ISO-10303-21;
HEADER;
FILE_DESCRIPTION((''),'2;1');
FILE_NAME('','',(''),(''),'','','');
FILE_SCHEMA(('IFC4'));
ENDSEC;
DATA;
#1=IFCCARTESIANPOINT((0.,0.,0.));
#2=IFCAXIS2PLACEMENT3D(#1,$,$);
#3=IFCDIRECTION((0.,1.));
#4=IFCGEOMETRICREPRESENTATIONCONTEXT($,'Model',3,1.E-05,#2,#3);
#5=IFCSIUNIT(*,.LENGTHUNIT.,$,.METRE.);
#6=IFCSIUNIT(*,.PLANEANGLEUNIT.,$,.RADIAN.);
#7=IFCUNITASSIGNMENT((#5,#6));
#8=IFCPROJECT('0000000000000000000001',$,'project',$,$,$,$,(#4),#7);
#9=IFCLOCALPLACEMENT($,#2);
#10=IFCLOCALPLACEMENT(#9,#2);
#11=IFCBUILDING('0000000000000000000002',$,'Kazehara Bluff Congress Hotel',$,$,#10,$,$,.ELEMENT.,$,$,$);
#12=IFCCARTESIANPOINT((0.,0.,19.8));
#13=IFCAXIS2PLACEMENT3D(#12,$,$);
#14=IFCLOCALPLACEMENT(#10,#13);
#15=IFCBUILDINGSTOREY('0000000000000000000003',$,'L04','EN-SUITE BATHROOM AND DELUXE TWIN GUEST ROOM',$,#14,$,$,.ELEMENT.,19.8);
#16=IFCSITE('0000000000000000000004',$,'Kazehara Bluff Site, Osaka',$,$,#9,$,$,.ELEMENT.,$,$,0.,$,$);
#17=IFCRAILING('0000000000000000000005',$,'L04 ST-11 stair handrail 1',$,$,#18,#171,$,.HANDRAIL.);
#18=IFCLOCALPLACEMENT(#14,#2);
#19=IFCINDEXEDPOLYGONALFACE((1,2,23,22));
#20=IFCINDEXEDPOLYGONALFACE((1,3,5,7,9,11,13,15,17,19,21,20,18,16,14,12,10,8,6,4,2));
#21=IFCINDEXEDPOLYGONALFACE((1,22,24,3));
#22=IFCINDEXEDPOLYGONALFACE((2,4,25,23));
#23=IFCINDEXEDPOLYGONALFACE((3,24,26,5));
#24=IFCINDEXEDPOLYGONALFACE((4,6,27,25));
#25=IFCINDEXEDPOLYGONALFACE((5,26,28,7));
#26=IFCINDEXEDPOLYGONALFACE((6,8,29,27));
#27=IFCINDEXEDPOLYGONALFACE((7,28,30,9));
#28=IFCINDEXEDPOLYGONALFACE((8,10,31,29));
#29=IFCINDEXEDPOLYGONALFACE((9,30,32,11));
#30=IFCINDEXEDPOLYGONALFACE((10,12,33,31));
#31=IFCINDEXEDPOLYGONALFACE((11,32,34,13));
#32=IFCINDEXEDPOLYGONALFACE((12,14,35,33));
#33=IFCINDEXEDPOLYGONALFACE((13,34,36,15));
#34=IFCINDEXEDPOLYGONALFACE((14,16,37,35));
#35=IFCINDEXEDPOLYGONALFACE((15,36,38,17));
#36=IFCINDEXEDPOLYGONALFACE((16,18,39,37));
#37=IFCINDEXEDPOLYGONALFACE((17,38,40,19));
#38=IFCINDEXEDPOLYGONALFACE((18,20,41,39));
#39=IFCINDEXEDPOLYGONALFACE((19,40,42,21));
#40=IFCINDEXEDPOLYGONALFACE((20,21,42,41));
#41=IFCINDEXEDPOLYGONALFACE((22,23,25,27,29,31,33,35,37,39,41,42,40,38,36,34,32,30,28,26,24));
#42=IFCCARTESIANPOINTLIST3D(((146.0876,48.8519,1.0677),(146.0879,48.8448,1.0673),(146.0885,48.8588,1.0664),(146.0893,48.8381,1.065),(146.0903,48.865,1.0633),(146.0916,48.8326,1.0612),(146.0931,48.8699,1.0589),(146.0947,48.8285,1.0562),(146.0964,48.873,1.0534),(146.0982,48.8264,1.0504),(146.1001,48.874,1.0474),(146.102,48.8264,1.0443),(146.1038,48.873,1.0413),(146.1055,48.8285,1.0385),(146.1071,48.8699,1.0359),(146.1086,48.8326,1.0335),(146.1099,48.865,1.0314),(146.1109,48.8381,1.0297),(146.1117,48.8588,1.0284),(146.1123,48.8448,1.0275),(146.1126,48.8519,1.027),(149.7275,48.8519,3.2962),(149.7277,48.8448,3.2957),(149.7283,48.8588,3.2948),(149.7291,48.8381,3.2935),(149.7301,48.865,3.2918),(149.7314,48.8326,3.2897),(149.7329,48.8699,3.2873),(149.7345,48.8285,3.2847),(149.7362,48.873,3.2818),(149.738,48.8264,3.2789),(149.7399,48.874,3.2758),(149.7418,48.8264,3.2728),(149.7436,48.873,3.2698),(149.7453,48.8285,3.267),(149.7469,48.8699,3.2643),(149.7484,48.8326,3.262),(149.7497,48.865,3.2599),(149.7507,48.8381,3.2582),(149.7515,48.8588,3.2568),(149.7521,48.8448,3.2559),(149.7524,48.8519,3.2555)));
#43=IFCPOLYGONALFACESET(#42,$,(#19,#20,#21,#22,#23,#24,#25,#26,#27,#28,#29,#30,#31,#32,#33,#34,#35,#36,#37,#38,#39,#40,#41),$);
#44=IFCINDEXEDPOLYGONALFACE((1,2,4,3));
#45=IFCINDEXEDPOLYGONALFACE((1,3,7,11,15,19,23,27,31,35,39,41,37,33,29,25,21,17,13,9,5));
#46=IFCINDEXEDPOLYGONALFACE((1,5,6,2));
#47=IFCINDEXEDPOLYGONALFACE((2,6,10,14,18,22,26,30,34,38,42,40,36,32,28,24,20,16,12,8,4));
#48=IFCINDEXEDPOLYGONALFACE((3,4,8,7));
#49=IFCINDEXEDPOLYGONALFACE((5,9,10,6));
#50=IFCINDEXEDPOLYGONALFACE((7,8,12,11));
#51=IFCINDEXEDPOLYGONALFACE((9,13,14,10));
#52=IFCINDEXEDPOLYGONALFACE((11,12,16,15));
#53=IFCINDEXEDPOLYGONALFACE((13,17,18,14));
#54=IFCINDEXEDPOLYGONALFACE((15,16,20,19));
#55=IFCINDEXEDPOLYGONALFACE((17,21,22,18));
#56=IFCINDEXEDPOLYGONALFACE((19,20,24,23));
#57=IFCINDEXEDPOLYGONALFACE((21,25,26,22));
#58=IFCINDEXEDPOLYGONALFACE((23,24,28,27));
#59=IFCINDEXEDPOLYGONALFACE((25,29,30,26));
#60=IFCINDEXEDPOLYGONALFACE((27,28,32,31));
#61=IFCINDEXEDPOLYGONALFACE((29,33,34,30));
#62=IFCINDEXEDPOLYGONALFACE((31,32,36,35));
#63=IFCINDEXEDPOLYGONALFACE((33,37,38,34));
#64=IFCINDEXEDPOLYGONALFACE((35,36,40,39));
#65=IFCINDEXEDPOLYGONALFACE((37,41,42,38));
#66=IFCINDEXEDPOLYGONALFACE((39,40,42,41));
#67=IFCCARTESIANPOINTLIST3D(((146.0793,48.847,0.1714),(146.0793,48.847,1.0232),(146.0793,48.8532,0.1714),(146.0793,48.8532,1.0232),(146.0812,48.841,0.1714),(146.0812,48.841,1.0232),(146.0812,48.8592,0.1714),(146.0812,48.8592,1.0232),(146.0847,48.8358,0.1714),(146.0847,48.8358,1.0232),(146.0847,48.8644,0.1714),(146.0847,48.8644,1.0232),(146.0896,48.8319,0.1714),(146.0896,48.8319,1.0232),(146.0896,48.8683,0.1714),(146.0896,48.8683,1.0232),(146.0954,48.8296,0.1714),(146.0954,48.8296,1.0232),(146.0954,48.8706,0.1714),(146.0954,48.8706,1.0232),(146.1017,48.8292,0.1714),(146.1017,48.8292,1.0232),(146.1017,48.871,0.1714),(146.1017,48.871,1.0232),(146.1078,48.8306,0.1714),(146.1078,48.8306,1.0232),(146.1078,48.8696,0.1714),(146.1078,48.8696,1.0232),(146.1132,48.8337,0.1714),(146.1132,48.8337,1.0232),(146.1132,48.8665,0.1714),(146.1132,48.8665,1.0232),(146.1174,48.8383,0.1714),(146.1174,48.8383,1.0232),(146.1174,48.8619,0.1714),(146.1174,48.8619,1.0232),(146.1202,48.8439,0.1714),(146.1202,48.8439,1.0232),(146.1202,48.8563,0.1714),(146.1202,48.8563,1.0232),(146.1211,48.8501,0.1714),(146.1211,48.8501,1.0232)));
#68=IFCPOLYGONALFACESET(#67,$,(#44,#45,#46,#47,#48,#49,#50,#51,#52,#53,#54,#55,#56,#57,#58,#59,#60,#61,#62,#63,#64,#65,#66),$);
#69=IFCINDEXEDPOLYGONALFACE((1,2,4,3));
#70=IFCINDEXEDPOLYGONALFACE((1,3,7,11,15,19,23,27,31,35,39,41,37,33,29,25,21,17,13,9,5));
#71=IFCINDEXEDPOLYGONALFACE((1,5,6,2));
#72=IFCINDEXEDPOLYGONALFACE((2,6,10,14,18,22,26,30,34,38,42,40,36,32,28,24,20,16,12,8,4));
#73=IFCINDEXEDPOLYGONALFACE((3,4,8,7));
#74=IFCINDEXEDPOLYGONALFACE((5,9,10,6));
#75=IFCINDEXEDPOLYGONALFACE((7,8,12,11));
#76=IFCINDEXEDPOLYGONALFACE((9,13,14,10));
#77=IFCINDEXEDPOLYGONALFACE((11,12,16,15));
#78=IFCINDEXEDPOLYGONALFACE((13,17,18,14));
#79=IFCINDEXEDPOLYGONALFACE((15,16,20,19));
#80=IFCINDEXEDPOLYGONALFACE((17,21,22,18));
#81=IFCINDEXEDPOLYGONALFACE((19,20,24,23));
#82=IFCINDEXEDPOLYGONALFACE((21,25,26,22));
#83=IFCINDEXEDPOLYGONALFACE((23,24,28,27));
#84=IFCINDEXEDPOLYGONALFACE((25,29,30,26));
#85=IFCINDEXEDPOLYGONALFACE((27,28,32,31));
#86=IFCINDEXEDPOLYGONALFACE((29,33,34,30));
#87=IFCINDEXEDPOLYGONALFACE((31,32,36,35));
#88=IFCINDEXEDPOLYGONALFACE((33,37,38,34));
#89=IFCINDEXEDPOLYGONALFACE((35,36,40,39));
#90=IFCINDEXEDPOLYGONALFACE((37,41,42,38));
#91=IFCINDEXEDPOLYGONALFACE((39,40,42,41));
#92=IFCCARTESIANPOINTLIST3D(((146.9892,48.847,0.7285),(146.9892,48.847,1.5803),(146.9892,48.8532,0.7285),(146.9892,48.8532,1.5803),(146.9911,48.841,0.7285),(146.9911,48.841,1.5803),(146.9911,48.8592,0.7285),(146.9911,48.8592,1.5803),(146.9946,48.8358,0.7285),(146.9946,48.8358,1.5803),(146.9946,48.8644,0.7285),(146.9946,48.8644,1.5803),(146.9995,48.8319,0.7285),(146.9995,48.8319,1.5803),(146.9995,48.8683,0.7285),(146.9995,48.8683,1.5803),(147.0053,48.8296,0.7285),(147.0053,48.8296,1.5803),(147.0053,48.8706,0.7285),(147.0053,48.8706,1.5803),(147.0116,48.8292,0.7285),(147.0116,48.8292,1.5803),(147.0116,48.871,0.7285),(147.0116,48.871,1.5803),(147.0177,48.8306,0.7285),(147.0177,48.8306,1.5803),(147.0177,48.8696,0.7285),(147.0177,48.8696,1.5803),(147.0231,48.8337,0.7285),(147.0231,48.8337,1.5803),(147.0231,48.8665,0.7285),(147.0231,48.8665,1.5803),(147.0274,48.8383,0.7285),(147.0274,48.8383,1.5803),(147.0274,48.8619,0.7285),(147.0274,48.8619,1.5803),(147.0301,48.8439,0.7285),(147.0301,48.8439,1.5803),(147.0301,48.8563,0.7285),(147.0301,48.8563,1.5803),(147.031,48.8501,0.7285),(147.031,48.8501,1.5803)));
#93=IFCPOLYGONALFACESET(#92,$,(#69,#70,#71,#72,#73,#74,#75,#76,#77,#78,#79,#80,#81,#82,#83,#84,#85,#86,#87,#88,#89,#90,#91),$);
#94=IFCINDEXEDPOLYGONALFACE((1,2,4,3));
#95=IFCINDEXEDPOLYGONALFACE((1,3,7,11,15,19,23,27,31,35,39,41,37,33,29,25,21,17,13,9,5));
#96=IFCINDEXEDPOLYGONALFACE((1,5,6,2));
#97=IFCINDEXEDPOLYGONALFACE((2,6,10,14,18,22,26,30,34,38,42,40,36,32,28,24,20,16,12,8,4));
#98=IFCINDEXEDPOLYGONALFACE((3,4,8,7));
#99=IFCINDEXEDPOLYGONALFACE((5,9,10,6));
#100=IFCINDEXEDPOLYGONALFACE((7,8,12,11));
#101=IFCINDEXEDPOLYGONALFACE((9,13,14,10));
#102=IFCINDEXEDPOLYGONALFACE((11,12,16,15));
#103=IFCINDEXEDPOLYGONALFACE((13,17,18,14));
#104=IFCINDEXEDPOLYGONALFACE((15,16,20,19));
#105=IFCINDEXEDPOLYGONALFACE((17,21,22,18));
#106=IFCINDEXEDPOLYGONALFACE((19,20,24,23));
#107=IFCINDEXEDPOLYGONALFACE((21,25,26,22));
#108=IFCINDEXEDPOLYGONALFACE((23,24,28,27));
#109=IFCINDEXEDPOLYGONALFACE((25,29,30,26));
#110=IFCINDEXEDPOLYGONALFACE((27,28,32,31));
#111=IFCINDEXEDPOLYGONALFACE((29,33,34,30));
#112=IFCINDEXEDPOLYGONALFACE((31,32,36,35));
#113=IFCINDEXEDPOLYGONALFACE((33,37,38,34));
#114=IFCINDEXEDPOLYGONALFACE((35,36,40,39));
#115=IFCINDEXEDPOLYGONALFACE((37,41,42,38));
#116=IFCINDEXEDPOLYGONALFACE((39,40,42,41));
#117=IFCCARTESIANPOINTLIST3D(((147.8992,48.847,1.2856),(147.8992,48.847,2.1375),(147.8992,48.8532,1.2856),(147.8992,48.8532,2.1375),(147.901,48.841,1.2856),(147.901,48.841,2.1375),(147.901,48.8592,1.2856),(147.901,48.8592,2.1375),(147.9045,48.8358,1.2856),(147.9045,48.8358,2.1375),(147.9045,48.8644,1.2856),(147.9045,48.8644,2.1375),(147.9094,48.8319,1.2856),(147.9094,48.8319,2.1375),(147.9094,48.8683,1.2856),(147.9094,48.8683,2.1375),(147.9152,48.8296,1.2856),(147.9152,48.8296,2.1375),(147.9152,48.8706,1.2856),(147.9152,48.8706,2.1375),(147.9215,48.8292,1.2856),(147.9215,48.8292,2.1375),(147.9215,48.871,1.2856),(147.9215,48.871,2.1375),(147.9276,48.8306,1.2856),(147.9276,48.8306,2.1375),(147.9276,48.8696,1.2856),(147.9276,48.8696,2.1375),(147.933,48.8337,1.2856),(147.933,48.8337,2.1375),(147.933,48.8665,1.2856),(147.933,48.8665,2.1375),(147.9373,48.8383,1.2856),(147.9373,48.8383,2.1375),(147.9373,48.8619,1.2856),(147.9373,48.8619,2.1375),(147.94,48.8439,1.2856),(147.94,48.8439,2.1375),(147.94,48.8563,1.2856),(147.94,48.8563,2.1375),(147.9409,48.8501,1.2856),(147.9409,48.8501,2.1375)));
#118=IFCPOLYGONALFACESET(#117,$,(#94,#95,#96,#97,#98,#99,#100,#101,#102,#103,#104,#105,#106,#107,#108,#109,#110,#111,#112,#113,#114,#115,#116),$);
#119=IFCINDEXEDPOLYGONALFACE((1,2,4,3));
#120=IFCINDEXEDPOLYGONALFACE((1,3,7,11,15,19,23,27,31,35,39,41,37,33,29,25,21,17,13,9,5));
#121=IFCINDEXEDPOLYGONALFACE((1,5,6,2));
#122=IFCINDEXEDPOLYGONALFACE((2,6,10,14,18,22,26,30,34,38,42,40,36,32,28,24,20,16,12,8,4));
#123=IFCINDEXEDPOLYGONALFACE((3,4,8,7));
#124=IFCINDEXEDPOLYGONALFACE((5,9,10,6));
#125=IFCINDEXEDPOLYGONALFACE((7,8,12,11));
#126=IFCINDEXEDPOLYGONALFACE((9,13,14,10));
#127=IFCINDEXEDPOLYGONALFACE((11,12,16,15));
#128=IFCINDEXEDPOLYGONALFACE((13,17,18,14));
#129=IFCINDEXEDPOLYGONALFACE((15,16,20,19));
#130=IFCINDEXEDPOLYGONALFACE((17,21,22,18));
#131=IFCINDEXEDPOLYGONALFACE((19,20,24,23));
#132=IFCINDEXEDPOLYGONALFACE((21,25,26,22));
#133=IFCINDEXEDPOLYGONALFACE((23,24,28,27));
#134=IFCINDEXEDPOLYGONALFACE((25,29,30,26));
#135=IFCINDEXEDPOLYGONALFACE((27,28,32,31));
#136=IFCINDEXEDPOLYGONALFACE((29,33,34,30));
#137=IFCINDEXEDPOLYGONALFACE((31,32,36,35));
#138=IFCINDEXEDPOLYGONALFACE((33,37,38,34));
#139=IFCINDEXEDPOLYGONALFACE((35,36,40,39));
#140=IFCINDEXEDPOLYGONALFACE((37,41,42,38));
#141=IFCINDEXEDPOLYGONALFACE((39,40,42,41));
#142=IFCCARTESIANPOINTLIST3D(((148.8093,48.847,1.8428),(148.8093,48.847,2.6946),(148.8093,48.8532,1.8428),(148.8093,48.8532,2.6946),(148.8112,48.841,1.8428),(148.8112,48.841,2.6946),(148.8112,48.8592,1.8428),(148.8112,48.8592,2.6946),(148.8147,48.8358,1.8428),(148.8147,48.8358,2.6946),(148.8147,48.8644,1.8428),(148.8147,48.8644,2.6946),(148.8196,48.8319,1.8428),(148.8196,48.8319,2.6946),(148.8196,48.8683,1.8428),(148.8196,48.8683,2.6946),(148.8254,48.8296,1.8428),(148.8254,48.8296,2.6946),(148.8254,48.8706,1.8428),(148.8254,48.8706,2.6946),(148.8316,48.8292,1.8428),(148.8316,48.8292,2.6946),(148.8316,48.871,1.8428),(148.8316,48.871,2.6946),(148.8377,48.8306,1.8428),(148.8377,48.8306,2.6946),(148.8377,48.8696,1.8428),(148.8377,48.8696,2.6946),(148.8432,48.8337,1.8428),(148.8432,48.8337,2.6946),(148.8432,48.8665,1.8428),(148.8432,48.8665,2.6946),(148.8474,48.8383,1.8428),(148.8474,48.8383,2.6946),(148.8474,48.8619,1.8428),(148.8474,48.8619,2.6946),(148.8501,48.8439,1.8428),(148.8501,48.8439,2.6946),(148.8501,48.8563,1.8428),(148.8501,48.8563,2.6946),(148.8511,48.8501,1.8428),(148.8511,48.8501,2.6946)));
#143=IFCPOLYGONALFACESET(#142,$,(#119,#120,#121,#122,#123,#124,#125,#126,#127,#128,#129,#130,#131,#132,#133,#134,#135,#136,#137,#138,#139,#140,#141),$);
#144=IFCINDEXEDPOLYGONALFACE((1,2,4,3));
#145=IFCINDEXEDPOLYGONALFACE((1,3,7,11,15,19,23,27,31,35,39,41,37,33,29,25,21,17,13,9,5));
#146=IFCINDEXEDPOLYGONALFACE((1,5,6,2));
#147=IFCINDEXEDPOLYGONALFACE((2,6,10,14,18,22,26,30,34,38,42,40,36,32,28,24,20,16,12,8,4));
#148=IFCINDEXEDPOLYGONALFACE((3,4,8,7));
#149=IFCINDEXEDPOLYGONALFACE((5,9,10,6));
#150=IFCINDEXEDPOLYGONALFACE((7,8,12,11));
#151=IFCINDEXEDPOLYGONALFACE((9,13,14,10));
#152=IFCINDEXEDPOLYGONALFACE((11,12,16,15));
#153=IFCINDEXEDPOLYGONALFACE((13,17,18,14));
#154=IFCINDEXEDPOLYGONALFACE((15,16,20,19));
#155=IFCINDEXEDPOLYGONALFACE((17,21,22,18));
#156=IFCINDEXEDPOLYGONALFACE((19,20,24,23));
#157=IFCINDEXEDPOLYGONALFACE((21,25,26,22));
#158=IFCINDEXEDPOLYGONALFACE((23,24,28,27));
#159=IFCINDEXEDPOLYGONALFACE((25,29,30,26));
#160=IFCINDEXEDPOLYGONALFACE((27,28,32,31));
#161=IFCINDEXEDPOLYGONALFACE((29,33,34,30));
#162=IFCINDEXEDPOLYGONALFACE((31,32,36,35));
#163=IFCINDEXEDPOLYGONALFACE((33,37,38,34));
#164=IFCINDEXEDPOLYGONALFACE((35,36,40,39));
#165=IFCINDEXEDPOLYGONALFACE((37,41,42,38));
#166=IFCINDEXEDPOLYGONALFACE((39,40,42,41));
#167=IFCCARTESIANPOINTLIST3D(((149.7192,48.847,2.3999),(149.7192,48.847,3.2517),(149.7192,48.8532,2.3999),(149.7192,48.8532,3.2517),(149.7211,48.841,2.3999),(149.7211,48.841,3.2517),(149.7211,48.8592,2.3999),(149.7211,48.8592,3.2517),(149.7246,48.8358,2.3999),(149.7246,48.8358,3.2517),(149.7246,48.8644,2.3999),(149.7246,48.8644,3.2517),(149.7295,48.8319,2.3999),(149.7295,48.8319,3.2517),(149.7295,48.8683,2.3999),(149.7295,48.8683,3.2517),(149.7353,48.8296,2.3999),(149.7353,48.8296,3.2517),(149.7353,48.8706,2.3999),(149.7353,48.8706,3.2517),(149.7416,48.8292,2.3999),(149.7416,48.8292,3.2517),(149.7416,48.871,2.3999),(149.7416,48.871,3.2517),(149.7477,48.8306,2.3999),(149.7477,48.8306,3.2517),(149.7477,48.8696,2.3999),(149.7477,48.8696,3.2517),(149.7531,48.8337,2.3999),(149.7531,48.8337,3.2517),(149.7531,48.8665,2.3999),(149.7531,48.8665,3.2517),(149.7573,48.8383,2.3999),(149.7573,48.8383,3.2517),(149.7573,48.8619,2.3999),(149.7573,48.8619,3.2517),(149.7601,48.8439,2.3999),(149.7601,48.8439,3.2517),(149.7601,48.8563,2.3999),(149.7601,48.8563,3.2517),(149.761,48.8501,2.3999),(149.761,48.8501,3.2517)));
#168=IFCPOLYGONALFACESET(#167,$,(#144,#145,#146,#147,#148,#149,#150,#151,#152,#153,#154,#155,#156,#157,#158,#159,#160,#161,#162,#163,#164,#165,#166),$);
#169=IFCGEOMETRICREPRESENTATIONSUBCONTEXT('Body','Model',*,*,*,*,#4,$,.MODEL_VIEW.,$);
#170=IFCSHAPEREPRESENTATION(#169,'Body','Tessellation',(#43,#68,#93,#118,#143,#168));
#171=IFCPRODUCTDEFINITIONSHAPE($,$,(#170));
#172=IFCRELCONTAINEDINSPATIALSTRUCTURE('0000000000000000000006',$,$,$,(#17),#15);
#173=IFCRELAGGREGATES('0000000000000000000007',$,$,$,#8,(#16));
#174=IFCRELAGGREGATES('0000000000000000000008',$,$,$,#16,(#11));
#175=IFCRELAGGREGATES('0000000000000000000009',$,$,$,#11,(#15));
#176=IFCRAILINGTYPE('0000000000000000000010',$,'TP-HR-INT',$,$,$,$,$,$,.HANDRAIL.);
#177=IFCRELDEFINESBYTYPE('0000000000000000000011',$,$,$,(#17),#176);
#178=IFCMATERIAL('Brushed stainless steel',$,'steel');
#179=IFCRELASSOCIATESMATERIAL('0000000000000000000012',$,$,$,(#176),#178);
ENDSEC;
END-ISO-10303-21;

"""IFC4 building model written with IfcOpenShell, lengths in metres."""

from ifc_helpers import new_model, si_unit, direction, frame, origin, origin_2d, place, context, subcontext, project, spatial, circle, extrude, material, type_object, element, save


model = new_model("IFC4")

# Units and contexts
model_context = context("Model", 3, precision=1e-05, world=origin(), true_north=direction((0.0, 1.0)))
body_context = subcontext(model_context, "Body", "Model", "MODEL_VIEW")
ifc_project = project(units=[si_unit("LENGTHUNIT", "METRE"), si_unit("PLANEANGLEUNIT", "RADIAN")], contexts=[model_context])

# Site, building, storey
site_placement = place(None, origin())
site = spatial("IfcSite", under=ifc_project, at=site_placement, Name="Kazehara Bluff Site, Osaka", CompositionType="ELEMENT", RefElevation=0.0)
building_placement = place(site_placement, origin())
building = spatial("IfcBuilding", under=site, at=building_placement, Name="Kazehara Bluff Congress Hotel", CompositionType="ELEMENT")
storey_placement = place(building_placement, frame((0.0, 0.0, 19.8)))
storey = spatial("IfcBuildingStorey", under=building, at=storey_placement, Name="L04", Description="EN-SUITE BATHROOM AND DELUXE TWIN GUEST ROOM", CompositionType="ELEMENT", Elevation=19.8)

# Railing
ifc_material_1 = material(Name="Brushed stainless steel", Category="steel")
railing_type_1 = type_object("IfcRailingType", Name="TP-HR-INT", PredefinedType="HANDRAIL", material=ifc_material_1)
railing_1_placement = place(storey_placement, frame((146.1001, 48.8501, 0.1714)))
element("IfcRailing", 1, at=railing_1_placement, inside=storey, type_object=railing_type_1, Name="L04 ST-11 stair handrail 1", PredefinedType="HANDRAIL", context=body_context, shape_type="SweptSolid", body=[
    extrude(circle(Radius=0.0239, at=origin_2d()), frame((0.0, 0.0, 0.876), z_axis=(0.85285, 0.0, 0.522156), x_axis=(0.0, 1.0, 0.0)), (0.0, 0.0, 1.0), 4.2678),
    extrude(circle(Radius=0.021, at=origin_2d()), origin(), (0.0, 0.0, 1.0), 0.8518),
    extrude(circle(Radius=0.021, at=origin_2d()), frame((0.9099, 0.0, 0.5571)), (0.0, 0.0, 1.0), 0.8518),
    extrude(circle(Radius=0.021, at=origin_2d()), frame((1.8198, 0.0, 1.1143)), (0.0, 0.0, 1.0), 0.8518),
    extrude(circle(Radius=0.021, at=origin_2d()), frame((2.73, 0.0, 1.6714)), (0.0, 0.0, 1.0), 0.8518),
    extrude(circle(Radius=0.021, at=origin_2d()), frame((3.6399, 0.0, 2.2285)), (0.0, 0.0, 1.0), 0.8518),
])

save(model, "model.ifc")
